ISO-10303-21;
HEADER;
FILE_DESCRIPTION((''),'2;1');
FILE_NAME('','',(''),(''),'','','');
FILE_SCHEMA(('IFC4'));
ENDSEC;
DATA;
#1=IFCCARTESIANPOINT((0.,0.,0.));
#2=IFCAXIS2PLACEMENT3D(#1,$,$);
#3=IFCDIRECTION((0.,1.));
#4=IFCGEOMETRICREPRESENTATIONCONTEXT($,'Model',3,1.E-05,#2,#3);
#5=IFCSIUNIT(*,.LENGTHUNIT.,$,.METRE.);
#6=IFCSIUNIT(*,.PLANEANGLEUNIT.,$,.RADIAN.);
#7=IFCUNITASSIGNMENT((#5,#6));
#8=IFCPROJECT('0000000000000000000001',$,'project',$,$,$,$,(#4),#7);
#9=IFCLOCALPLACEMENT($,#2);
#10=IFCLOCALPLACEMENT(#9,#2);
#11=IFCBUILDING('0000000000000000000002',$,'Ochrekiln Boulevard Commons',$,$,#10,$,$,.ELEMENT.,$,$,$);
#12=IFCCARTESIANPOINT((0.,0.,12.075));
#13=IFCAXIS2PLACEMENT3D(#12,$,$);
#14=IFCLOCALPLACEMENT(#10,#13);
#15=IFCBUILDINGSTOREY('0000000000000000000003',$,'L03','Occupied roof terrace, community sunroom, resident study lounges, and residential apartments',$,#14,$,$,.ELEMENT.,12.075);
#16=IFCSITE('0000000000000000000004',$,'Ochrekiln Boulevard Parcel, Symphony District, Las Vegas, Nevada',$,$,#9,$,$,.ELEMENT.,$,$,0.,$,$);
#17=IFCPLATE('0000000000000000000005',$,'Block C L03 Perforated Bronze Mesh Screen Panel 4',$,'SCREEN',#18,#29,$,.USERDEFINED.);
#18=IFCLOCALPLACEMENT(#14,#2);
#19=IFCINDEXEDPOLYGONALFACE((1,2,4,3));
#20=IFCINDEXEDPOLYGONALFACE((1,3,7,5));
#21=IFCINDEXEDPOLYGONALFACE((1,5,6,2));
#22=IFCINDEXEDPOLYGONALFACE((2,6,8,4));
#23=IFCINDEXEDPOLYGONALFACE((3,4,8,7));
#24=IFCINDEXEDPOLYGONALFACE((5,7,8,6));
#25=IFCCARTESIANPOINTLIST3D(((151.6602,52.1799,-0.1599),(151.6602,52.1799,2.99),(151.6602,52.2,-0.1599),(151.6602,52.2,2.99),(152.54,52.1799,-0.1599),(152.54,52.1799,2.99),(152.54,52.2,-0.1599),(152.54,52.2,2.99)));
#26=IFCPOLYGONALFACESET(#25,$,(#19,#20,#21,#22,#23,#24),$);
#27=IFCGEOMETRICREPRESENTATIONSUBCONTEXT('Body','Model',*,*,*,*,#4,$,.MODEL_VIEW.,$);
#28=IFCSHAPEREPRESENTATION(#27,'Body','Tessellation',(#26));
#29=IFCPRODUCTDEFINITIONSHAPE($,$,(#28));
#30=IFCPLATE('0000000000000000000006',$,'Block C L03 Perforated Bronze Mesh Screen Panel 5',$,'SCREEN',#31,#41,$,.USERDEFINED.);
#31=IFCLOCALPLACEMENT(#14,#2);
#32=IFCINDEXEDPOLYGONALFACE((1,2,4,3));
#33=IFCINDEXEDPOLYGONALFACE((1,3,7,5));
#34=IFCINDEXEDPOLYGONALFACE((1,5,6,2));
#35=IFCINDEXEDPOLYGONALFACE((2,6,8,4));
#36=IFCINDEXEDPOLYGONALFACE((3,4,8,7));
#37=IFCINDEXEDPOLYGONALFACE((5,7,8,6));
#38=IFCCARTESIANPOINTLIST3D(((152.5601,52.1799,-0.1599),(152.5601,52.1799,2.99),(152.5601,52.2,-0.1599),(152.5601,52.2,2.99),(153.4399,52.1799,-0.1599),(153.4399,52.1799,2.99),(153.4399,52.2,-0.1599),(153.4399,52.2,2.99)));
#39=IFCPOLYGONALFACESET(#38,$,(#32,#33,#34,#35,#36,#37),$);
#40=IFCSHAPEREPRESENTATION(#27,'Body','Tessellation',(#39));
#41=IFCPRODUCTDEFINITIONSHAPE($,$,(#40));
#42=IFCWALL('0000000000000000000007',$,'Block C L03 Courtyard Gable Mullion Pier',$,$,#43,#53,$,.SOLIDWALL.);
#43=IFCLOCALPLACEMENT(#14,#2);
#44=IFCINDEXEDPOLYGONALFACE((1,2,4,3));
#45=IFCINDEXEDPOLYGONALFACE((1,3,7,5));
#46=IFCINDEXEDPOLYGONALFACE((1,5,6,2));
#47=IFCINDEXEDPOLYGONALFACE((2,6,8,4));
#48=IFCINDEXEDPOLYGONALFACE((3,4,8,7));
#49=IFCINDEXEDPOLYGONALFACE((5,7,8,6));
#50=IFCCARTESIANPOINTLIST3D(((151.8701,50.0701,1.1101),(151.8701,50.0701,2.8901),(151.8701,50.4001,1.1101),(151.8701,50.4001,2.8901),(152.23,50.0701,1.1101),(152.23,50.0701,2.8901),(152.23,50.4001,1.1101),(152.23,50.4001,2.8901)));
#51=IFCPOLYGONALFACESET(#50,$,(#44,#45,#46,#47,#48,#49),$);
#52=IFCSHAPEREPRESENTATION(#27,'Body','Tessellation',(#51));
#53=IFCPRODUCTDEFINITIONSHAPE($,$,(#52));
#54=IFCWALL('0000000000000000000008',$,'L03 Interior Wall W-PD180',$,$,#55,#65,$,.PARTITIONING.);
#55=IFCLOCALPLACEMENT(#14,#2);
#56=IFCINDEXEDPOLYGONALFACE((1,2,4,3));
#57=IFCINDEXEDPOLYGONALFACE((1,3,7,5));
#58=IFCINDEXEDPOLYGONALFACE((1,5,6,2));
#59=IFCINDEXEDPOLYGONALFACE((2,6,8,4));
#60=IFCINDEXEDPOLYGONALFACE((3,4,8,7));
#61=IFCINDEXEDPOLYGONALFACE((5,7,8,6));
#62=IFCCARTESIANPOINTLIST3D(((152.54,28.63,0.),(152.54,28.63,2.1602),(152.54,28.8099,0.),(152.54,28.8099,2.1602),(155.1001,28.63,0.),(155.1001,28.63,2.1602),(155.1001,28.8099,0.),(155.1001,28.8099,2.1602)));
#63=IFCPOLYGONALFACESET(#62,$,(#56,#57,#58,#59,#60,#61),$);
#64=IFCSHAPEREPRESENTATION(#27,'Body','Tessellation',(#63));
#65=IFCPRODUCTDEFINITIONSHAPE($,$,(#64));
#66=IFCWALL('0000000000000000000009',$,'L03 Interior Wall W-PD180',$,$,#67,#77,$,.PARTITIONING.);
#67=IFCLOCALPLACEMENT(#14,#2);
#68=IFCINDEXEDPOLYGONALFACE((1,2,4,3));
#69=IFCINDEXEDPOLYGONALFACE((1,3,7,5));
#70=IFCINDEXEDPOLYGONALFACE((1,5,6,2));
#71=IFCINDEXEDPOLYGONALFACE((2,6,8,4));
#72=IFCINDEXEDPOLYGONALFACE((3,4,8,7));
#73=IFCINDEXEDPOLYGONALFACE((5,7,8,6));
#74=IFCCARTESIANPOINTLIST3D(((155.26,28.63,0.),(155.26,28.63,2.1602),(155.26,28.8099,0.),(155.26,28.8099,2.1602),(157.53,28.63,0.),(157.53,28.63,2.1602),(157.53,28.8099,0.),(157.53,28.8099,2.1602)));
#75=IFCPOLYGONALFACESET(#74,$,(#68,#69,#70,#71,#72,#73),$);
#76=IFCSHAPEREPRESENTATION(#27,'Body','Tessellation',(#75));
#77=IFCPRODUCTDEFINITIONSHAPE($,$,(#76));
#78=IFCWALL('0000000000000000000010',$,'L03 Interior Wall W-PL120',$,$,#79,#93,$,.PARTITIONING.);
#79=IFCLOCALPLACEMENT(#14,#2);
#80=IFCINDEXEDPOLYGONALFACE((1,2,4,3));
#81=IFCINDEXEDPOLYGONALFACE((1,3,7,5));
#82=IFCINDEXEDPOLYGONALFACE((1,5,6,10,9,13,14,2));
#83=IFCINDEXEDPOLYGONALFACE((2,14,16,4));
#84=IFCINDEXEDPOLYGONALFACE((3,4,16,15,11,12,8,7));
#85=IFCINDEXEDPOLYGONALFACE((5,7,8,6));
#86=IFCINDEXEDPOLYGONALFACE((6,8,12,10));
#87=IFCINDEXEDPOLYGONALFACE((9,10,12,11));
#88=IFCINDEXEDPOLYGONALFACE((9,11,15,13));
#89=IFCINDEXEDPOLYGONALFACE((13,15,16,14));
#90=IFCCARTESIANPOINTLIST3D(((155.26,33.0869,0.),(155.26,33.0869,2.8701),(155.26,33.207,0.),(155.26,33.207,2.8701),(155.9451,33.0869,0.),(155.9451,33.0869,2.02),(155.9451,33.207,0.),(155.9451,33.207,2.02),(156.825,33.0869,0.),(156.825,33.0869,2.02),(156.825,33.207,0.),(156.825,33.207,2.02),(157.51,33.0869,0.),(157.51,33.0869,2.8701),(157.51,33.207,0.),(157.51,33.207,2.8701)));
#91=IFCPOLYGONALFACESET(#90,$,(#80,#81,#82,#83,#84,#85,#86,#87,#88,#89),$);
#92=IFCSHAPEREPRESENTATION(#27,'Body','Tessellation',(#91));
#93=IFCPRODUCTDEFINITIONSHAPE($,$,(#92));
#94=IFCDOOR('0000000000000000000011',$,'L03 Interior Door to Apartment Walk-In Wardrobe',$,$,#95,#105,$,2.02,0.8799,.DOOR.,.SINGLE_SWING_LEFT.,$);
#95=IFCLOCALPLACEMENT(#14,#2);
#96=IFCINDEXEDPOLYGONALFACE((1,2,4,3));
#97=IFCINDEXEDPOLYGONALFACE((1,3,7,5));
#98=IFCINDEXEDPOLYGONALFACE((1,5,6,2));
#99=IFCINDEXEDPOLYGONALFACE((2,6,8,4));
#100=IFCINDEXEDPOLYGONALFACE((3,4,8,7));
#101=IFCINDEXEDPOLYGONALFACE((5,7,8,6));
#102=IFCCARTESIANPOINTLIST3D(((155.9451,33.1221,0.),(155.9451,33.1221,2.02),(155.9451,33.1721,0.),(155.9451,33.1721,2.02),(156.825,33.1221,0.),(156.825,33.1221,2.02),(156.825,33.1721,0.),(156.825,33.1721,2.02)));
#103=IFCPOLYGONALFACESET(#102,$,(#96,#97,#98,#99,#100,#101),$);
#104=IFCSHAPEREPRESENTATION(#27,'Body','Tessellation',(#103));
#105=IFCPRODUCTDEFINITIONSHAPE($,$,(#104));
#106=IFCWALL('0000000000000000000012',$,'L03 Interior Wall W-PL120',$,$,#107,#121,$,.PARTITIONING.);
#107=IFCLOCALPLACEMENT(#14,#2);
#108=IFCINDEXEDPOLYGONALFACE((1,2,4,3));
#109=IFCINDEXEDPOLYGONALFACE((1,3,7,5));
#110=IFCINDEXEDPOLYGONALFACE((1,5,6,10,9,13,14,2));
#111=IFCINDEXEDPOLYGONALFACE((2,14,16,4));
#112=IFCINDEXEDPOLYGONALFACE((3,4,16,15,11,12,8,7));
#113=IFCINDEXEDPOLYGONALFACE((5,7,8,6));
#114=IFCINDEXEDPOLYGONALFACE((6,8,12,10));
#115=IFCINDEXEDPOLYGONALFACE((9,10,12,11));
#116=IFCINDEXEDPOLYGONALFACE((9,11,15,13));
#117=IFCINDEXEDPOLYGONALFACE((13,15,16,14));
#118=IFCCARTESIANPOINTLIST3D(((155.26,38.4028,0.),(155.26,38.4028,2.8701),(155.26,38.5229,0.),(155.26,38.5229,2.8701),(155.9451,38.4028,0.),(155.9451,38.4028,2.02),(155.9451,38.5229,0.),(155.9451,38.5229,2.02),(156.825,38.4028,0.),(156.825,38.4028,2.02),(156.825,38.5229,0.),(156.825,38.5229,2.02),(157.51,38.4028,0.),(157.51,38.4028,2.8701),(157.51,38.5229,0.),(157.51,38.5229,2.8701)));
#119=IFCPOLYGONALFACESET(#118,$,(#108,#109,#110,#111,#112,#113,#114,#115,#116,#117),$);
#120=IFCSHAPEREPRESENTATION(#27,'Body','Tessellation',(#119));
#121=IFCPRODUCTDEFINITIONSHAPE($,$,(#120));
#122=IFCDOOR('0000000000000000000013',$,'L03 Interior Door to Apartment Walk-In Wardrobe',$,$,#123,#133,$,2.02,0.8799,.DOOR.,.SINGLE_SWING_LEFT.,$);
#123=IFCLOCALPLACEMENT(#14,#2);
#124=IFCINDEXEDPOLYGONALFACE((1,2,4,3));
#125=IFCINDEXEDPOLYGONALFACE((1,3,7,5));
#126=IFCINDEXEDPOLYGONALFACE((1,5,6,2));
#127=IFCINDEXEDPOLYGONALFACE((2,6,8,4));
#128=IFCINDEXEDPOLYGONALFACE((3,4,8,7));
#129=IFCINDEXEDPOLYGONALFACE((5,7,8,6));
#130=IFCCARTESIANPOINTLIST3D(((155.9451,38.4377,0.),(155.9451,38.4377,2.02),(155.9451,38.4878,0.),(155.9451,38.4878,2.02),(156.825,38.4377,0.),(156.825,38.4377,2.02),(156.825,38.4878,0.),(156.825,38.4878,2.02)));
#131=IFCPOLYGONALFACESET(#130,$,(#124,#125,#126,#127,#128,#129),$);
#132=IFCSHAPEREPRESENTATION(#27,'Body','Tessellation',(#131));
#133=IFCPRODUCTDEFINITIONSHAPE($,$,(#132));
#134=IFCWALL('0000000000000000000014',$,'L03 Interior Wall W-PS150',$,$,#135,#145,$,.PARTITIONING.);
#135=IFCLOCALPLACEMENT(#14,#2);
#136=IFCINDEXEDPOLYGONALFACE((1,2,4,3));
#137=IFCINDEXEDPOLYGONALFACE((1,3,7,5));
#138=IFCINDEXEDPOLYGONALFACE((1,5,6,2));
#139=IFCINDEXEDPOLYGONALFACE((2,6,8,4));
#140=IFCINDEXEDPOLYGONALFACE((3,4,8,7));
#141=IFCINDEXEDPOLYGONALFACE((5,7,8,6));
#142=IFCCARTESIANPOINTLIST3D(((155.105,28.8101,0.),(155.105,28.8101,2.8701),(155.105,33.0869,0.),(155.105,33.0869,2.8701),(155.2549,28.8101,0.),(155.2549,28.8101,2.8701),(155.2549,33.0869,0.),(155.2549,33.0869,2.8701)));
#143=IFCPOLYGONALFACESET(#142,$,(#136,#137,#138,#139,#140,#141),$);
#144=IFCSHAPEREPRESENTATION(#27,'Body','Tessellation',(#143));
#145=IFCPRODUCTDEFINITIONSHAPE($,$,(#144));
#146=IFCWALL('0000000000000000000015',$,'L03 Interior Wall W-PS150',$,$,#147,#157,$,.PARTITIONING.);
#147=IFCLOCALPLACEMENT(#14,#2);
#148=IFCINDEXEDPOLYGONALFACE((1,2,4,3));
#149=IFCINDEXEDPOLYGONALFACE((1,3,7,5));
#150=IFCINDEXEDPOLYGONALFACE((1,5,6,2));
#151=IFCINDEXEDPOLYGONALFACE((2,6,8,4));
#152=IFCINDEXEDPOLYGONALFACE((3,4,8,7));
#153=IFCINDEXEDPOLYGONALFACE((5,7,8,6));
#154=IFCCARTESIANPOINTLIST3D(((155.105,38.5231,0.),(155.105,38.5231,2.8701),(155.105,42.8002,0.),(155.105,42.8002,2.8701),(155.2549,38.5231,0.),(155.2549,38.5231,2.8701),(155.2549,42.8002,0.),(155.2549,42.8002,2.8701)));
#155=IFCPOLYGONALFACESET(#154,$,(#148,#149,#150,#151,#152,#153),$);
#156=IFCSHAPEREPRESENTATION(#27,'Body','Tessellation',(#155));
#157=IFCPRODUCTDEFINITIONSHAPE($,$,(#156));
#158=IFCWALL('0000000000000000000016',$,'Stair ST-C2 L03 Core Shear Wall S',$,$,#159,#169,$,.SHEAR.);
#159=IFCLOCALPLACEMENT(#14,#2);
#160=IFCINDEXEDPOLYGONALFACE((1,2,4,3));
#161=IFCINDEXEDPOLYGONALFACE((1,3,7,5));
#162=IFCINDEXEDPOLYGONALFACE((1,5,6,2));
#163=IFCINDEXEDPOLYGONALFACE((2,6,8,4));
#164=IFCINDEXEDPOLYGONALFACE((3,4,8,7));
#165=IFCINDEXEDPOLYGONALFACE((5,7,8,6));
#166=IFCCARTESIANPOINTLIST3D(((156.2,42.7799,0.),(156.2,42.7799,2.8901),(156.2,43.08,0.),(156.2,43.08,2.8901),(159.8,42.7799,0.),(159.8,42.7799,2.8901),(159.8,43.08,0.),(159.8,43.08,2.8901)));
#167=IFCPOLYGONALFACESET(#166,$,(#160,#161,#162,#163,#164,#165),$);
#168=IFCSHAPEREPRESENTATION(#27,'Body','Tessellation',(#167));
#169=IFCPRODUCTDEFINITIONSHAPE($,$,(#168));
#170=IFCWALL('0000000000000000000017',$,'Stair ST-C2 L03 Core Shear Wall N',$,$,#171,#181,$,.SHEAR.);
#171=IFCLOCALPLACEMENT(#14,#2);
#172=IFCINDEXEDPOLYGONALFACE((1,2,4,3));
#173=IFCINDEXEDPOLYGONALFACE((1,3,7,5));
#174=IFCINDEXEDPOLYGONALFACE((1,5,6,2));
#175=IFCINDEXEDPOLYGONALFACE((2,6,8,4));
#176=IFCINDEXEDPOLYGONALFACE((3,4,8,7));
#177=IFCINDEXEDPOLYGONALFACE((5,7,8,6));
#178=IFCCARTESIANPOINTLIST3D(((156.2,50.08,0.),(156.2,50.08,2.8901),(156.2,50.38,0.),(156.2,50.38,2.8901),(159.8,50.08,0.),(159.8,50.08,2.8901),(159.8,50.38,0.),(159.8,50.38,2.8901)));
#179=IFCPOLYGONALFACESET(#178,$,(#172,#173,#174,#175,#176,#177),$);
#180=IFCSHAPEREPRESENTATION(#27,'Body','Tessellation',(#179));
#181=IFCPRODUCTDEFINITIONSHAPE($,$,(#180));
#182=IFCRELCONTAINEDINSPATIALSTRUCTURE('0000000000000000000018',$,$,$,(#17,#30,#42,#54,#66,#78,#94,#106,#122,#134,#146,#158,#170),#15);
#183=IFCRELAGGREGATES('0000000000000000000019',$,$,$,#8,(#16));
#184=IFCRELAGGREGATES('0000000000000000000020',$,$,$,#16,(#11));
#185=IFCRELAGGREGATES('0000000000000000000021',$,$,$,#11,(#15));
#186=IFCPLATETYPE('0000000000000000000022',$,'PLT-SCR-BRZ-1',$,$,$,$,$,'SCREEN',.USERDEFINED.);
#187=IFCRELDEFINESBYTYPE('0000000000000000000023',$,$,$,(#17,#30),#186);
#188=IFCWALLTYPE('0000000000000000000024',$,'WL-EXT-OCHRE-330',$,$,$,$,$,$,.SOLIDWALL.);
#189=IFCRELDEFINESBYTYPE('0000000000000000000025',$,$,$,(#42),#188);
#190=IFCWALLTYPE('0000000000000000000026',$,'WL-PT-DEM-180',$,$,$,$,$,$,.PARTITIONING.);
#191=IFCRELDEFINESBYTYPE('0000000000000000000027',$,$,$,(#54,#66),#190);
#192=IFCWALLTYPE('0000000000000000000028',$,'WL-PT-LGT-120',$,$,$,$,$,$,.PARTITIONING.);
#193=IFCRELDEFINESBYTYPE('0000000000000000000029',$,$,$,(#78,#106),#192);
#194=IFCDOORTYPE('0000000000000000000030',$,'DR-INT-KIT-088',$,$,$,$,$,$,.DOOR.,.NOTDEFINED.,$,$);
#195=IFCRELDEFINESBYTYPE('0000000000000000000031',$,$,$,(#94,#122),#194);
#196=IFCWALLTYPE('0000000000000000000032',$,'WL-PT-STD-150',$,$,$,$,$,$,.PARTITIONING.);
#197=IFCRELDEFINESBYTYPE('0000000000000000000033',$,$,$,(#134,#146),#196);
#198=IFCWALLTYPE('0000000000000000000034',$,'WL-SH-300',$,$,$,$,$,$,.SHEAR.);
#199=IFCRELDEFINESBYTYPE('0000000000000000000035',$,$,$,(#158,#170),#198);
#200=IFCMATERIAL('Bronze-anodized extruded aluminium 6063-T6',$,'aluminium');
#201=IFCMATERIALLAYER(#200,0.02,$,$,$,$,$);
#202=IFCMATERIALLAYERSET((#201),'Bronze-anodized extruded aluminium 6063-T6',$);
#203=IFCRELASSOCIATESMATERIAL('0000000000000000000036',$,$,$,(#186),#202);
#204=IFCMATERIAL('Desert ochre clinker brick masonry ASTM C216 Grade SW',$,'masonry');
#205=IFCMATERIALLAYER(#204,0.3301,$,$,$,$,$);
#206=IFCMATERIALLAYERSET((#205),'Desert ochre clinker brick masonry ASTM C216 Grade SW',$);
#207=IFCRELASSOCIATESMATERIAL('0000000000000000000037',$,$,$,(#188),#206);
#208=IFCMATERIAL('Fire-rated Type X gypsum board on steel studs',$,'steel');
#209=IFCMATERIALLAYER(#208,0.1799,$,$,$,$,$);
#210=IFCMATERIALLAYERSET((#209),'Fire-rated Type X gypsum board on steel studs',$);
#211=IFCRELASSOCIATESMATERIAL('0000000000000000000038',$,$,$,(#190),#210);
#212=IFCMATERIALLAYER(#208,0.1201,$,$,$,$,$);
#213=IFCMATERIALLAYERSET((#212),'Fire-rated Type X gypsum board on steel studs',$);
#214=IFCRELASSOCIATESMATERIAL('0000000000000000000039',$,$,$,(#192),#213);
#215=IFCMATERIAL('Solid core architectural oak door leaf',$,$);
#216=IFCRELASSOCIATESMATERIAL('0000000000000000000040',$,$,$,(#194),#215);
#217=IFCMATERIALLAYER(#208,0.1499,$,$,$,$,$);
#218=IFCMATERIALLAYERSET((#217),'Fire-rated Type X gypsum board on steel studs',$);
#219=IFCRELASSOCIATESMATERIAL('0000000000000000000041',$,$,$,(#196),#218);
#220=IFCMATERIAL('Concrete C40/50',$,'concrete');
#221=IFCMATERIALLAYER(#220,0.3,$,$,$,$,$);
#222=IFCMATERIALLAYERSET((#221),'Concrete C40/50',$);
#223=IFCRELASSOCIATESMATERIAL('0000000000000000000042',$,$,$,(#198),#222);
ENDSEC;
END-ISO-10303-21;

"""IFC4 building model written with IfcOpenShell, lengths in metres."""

from ifc_helpers import new_model, si_unit, direction, frame, frame_2d, origin, origin_2d, place, context, subcontext, project, spatial, rectangle, extrude, material, layer, layer_set, type_object, element, fill, save


model = new_model("IFC4")

# Units and contexts
model_context = context("Model", 3, precision=1e-05, world=origin(), true_north=direction((0.0, 1.0)))
body_context = subcontext(model_context, "Body", "Model", "MODEL_VIEW")
ifc_project = project(units=[si_unit("LENGTHUNIT", "METRE"), si_unit("PLANEANGLEUNIT", "RADIAN")], contexts=[model_context])

# Site, building, storey
site_placement = place(None, origin())
site = spatial("IfcSite", under=ifc_project, at=site_placement, Name="Ochrekiln Boulevard Parcel, Symphony District, Las Vegas, Nevada", CompositionType="ELEMENT", RefElevation=0.0)
building_placement = place(site_placement, origin())
building = spatial("IfcBuilding", under=site, at=building_placement, Name="Ochrekiln Boulevard Commons", CompositionType="ELEMENT")
storey_placement = place(building_placement, frame((0.0, 0.0, 12.075)))
storey = spatial("IfcBuildingStorey", under=building, at=storey_placement, Name="L03", Description="Occupied roof terrace, community sunroom, resident study lounges, and residential apartments", CompositionType="ELEMENT", Elevation=12.075)

# Shared definitions
ifc_material_1 = material(Name="Concrete C40/50", Category="concrete")

# Shared definitions
ifc_material_2 = material(Name="Bronze-anodized extruded aluminium 6063-T6", Category="aluminium")

# Plates
ifc_layer_1 = layer(ifc_material_2, 0.02)
ifc_layer_set_1 = layer_set([ifc_layer_1], Name="Bronze-anodized extruded aluminium 6063-T6")
plate_type_1 = type_object("IfcPlateType", Name="PLT-SCR-BRZ-1", ElementType="SCREEN", PredefinedType="USERDEFINED", material=ifc_layer_set_1)
for number, where, z_axis, x_axis, name in (
    (1, (152.1001, 52.1899, -0.1599), (0.0, 0.0, 1.0), (1.0, 0.0, 0.0), "Block C L03 Perforated Bronze Mesh Screen Panel 4"),
    (2, (153.0, 52.1899, -0.1599), (0.0, 0.0, 1.0), (1.0, 0.0, 0.0), "Block C L03 Perforated Bronze Mesh Screen Panel 5"),
):
    element("IfcPlate", number, at=place(storey_placement, frame(where, z_axis=z_axis, x_axis=x_axis)), inside=storey, type_object=plate_type_1, Name=name, ObjectType="SCREEN", PredefinedType="USERDEFINED", context=body_context, shape_type="SweptSolid", body=[
        extrude(rectangle(XDim=0.8799, YDim=0.02, at=origin_2d()), origin(), (0.0, 0.0, 1.0), 3.1499),
    ])

# Walls
ifc_material_3 = material(Name="Desert ochre clinker brick masonry ASTM C216 Grade SW", Category="masonry")
ifc_layer_2 = layer(ifc_material_3, 0.3301)
ifc_layer_set_2 = layer_set([ifc_layer_2], Name="Desert ochre clinker brick masonry ASTM C216 Grade SW")
wall_type_1 = type_object("IfcWallType", Name="WL-EXT-OCHRE-330", PredefinedType="SOLIDWALL", material=ifc_layer_set_2)
wall_1_placement = place(storey_placement, frame((151.8701, 50.2351, 1.1101), z_axis=(0.0, 0.0, 1.0), x_axis=(1.0, 0.0, 0.0)))
element("IfcWall", 3, at=wall_1_placement, inside=storey, type_object=wall_type_1, Name="Block C L03 Courtyard Gable Mullion Pier", PredefinedType="SOLIDWALL", context=body_context, shape_type="SweptSolid", body=[
    extrude(rectangle(XDim=0.3599, YDim=0.3301, at=frame_2d((0.1799, 0.0))), origin(), (0.0, 0.0, 1.0), 1.78),
])
ifc_material_4 = material(Name="Fire-rated Type X gypsum board on steel studs", Category="steel")
ifc_layer_3 = layer(ifc_material_4, 0.1799)
ifc_layer_set_3 = layer_set([ifc_layer_3], Name="Fire-rated Type X gypsum board on steel studs")
wall_type_2 = type_object("IfcWallType", Name="WL-PT-DEM-180", PredefinedType="PARTITIONING", material=ifc_layer_set_3)
wall_2_placement = place(storey_placement, frame((152.54, 28.72, 0.0), z_axis=(0.0, 0.0, 1.0), x_axis=(1.0, 0.0, 0.0)))
element("IfcWall", 4, at=wall_2_placement, inside=storey, type_object=wall_type_2, Name="L03 Interior Wall W-PD180", PredefinedType="PARTITIONING", context=body_context, shape_type="SweptSolid", body=[
    extrude(rectangle(XDim=2.5601, YDim=0.1799, at=frame_2d((1.28, 0.0))), origin(), (0.0, 0.0, 1.0), 2.1602),
])
wall_3_placement = place(storey_placement, frame((155.26, 28.72, 0.0), z_axis=(0.0, 0.0, 1.0), x_axis=(1.0, 0.0, 0.0)))
element("IfcWall", 5, at=wall_3_placement, inside=storey, type_object=wall_type_2, Name="L03 Interior Wall W-PD180", PredefinedType="PARTITIONING", context=body_context, shape_type="SweptSolid", body=[
    extrude(rectangle(XDim=2.27, YDim=0.1799, at=frame_2d((1.135, 0.0))), origin(), (0.0, 0.0, 1.0), 2.1602),
])

# Walls, openings, doors
ifc_layer_4 = layer(ifc_material_4, 0.1201)
ifc_layer_set_4 = layer_set([ifc_layer_4], Name="Fire-rated Type X gypsum board on steel studs")
wall_type_3 = type_object("IfcWallType", Name="WL-PT-LGT-120", PredefinedType="PARTITIONING", material=ifc_layer_set_4)
wall_4_placement = place(storey_placement, frame((155.26, 33.147, 0.0), z_axis=(0.0, 0.0, 1.0), x_axis=(1.0, 0.0, 0.0)))
wall_4 = element("IfcWall", 6, at=wall_4_placement, inside=storey, type_object=wall_type_3, Name="L03 Interior Wall W-PL120", PredefinedType="PARTITIONING", context=body_context, shape_type="SweptSolid", body=[
    extrude(rectangle(XDim=2.25, YDim=0.1201, at=frame_2d((1.125, 0.0))), origin(), (0.0, 0.0, 1.0), 2.8701),
])
opening_1_placement = place(wall_4_placement, frame((0.6851, 0.0, 0.0)))
opening_1 = element("IfcOpeningElement", 7, at=opening_1_placement, cuts=wall_4, PredefinedType="OPENING", context=body_context, shape_type="SweptSolid", body=[
    extrude(rectangle(XDim=0.8799, YDim=2.02, at=frame_2d((0.4399, 1.01))), frame((0.0, 0.0701, 0.0), z_axis=(0.0, -1.0, 0.0), x_axis=(1.0, 0.0, 0.0)), (0.0, 0.0, 1.0), 0.1401),
])
ifc_material_5 = material(Name="Solid core architectural oak door leaf")
door_type = type_object("IfcDoorType", Name="DR-INT-KIT-088", OperationType="NOTDEFINED", PredefinedType="DOOR", material=ifc_material_5)
door_1_placement = place(opening_1_placement, frame((0.8799, 0.0, 0.0), z_axis=(0.0, 0.0, 1.0), x_axis=(-1.0, 0.0, 0.0)))
door_1 = element("IfcDoor", 8, at=door_1_placement, inside=storey, type_object=door_type, Name="L03 Interior Door to Apartment Walk-In Wardrobe", OperationType="SINGLE_SWING_LEFT", OverallHeight=2.02, OverallWidth=0.8799, PredefinedType="DOOR", context=body_context, shape_type="SweptSolid", body=[
    extrude(rectangle(XDim=0.8799, YDim=2.02, at=frame_2d((0.4399, 1.01))), frame((0.0, 0.0249, 0.0), z_axis=(0.0, -1.0, 0.0), x_axis=(1.0, 0.0, 0.0)), (0.0, 0.0, 1.0), 0.05),
])
fill(opening_1, door_1)
wall_5_placement = place(storey_placement, frame((155.26, 38.4629, 0.0), z_axis=(0.0, 0.0, 1.0), x_axis=(1.0, 0.0, 0.0)))
wall_5 = element("IfcWall", 9, at=wall_5_placement, inside=storey, type_object=wall_type_3, Name="L03 Interior Wall W-PL120", PredefinedType="PARTITIONING", context=body_context, shape_type="SweptSolid", body=[
    extrude(rectangle(XDim=2.25, YDim=0.1201, at=frame_2d((1.125, 0.0))), origin(), (0.0, 0.0, 1.0), 2.8701),
])
opening_2_placement = place(wall_5_placement, frame((0.6851, 0.0, 0.0)))
opening_2 = element("IfcOpeningElement", 10, at=opening_2_placement, cuts=wall_5, PredefinedType="OPENING", context=body_context, shape_type="SweptSolid", body=[
    extrude(rectangle(XDim=0.8799, YDim=2.02, at=frame_2d((0.4399, 1.01))), frame((0.0, 0.0701, 0.0), z_axis=(0.0, -1.0, 0.0), x_axis=(1.0, 0.0, 0.0)), (0.0, 0.0, 1.0), 0.1401),
])
door_2_placement = place(opening_2_placement, origin())
door_2 = element("IfcDoor", 11, at=door_2_placement, inside=storey, type_object=door_type, Name="L03 Interior Door to Apartment Walk-In Wardrobe", OperationType="SINGLE_SWING_LEFT", OverallHeight=2.02, OverallWidth=0.8799, PredefinedType="DOOR", context=body_context, shape_type="SweptSolid", body=[
    extrude(rectangle(XDim=0.8799, YDim=2.02, at=frame_2d((0.4399, 1.01))), frame((0.0, 0.0249, 0.0), z_axis=(0.0, -1.0, 0.0), x_axis=(1.0, 0.0, 0.0)), (0.0, 0.0, 1.0), 0.05),
])
fill(opening_2, door_2)

# Walls
ifc_layer_5 = layer(ifc_material_4, 0.1499)
ifc_layer_set_5 = layer_set([ifc_layer_5], Name="Fire-rated Type X gypsum board on steel studs")
wall_type_4 = type_object("IfcWallType", Name="WL-PT-STD-150", PredefinedType="PARTITIONING", material=ifc_layer_set_5)
wall_6_placement = place(storey_placement, frame((155.1799, 28.8101, 0.0), z_axis=(0.0, 0.0, 1.0), x_axis=(0.0, 1.0, 0.0)))
element("IfcWall", 12, at=wall_6_placement, inside=storey, type_object=wall_type_4, Name="L03 Interior Wall W-PS150", PredefinedType="PARTITIONING", context=body_context, shape_type="SweptSolid", body=[
    extrude(rectangle(XDim=4.2769, YDim=0.1499, at=frame_2d((2.1384, 0.0))), origin(), (0.0, 0.0, 1.0), 2.8701),
])
wall_7_placement = place(storey_placement, frame((155.1799, 38.5229, 0.0), z_axis=(0.0, 0.0, 1.0), x_axis=(0.0, 1.0, 0.0)))
element("IfcWall", 13, at=wall_7_placement, inside=storey, type_object=wall_type_4, Name="L03 Interior Wall W-PS150", PredefinedType="PARTITIONING", context=body_context, shape_type="SweptSolid", body=[
    extrude(rectangle(XDim=4.2771, YDim=0.1499, at=frame_2d((2.1387, 0.0))), origin(), (0.0, 0.0, 1.0), 2.8701),
])
ifc_layer_6 = layer(ifc_material_1, 0.3)
ifc_layer_set_6 = layer_set([ifc_layer_6], Name="Concrete C40/50")
wall_type_5 = type_object("IfcWallType", Name="WL-SH-300", PredefinedType="SHEAR", material=ifc_layer_set_6)
for number, where, z_axis, x_axis, name in (
    (14, (156.2, 42.9299, 0.0), (0.0, 0.0, 1.0), (1.0, 0.0, 0.0), "Stair ST-C2 L03 Core Shear Wall S"),
    (15, (156.2, 50.23, 0.0), (0.0, 0.0, 1.0), (1.0, 0.0, 0.0), "Stair ST-C2 L03 Core Shear Wall N"),
):
    element("IfcWall", number, at=place(storey_placement, frame(where, z_axis=z_axis, x_axis=x_axis)), inside=storey, type_object=wall_type_5, Name=name, PredefinedType="SHEAR", context=body_context, shape_type="SweptSolid", body=[
        extrude(rectangle(XDim=3.6001, YDim=0.3, at=frame_2d((1.8, 0.0))), origin(), (0.0, 0.0, 1.0), 2.8901),
    ])

save(model, "model.ifc")
